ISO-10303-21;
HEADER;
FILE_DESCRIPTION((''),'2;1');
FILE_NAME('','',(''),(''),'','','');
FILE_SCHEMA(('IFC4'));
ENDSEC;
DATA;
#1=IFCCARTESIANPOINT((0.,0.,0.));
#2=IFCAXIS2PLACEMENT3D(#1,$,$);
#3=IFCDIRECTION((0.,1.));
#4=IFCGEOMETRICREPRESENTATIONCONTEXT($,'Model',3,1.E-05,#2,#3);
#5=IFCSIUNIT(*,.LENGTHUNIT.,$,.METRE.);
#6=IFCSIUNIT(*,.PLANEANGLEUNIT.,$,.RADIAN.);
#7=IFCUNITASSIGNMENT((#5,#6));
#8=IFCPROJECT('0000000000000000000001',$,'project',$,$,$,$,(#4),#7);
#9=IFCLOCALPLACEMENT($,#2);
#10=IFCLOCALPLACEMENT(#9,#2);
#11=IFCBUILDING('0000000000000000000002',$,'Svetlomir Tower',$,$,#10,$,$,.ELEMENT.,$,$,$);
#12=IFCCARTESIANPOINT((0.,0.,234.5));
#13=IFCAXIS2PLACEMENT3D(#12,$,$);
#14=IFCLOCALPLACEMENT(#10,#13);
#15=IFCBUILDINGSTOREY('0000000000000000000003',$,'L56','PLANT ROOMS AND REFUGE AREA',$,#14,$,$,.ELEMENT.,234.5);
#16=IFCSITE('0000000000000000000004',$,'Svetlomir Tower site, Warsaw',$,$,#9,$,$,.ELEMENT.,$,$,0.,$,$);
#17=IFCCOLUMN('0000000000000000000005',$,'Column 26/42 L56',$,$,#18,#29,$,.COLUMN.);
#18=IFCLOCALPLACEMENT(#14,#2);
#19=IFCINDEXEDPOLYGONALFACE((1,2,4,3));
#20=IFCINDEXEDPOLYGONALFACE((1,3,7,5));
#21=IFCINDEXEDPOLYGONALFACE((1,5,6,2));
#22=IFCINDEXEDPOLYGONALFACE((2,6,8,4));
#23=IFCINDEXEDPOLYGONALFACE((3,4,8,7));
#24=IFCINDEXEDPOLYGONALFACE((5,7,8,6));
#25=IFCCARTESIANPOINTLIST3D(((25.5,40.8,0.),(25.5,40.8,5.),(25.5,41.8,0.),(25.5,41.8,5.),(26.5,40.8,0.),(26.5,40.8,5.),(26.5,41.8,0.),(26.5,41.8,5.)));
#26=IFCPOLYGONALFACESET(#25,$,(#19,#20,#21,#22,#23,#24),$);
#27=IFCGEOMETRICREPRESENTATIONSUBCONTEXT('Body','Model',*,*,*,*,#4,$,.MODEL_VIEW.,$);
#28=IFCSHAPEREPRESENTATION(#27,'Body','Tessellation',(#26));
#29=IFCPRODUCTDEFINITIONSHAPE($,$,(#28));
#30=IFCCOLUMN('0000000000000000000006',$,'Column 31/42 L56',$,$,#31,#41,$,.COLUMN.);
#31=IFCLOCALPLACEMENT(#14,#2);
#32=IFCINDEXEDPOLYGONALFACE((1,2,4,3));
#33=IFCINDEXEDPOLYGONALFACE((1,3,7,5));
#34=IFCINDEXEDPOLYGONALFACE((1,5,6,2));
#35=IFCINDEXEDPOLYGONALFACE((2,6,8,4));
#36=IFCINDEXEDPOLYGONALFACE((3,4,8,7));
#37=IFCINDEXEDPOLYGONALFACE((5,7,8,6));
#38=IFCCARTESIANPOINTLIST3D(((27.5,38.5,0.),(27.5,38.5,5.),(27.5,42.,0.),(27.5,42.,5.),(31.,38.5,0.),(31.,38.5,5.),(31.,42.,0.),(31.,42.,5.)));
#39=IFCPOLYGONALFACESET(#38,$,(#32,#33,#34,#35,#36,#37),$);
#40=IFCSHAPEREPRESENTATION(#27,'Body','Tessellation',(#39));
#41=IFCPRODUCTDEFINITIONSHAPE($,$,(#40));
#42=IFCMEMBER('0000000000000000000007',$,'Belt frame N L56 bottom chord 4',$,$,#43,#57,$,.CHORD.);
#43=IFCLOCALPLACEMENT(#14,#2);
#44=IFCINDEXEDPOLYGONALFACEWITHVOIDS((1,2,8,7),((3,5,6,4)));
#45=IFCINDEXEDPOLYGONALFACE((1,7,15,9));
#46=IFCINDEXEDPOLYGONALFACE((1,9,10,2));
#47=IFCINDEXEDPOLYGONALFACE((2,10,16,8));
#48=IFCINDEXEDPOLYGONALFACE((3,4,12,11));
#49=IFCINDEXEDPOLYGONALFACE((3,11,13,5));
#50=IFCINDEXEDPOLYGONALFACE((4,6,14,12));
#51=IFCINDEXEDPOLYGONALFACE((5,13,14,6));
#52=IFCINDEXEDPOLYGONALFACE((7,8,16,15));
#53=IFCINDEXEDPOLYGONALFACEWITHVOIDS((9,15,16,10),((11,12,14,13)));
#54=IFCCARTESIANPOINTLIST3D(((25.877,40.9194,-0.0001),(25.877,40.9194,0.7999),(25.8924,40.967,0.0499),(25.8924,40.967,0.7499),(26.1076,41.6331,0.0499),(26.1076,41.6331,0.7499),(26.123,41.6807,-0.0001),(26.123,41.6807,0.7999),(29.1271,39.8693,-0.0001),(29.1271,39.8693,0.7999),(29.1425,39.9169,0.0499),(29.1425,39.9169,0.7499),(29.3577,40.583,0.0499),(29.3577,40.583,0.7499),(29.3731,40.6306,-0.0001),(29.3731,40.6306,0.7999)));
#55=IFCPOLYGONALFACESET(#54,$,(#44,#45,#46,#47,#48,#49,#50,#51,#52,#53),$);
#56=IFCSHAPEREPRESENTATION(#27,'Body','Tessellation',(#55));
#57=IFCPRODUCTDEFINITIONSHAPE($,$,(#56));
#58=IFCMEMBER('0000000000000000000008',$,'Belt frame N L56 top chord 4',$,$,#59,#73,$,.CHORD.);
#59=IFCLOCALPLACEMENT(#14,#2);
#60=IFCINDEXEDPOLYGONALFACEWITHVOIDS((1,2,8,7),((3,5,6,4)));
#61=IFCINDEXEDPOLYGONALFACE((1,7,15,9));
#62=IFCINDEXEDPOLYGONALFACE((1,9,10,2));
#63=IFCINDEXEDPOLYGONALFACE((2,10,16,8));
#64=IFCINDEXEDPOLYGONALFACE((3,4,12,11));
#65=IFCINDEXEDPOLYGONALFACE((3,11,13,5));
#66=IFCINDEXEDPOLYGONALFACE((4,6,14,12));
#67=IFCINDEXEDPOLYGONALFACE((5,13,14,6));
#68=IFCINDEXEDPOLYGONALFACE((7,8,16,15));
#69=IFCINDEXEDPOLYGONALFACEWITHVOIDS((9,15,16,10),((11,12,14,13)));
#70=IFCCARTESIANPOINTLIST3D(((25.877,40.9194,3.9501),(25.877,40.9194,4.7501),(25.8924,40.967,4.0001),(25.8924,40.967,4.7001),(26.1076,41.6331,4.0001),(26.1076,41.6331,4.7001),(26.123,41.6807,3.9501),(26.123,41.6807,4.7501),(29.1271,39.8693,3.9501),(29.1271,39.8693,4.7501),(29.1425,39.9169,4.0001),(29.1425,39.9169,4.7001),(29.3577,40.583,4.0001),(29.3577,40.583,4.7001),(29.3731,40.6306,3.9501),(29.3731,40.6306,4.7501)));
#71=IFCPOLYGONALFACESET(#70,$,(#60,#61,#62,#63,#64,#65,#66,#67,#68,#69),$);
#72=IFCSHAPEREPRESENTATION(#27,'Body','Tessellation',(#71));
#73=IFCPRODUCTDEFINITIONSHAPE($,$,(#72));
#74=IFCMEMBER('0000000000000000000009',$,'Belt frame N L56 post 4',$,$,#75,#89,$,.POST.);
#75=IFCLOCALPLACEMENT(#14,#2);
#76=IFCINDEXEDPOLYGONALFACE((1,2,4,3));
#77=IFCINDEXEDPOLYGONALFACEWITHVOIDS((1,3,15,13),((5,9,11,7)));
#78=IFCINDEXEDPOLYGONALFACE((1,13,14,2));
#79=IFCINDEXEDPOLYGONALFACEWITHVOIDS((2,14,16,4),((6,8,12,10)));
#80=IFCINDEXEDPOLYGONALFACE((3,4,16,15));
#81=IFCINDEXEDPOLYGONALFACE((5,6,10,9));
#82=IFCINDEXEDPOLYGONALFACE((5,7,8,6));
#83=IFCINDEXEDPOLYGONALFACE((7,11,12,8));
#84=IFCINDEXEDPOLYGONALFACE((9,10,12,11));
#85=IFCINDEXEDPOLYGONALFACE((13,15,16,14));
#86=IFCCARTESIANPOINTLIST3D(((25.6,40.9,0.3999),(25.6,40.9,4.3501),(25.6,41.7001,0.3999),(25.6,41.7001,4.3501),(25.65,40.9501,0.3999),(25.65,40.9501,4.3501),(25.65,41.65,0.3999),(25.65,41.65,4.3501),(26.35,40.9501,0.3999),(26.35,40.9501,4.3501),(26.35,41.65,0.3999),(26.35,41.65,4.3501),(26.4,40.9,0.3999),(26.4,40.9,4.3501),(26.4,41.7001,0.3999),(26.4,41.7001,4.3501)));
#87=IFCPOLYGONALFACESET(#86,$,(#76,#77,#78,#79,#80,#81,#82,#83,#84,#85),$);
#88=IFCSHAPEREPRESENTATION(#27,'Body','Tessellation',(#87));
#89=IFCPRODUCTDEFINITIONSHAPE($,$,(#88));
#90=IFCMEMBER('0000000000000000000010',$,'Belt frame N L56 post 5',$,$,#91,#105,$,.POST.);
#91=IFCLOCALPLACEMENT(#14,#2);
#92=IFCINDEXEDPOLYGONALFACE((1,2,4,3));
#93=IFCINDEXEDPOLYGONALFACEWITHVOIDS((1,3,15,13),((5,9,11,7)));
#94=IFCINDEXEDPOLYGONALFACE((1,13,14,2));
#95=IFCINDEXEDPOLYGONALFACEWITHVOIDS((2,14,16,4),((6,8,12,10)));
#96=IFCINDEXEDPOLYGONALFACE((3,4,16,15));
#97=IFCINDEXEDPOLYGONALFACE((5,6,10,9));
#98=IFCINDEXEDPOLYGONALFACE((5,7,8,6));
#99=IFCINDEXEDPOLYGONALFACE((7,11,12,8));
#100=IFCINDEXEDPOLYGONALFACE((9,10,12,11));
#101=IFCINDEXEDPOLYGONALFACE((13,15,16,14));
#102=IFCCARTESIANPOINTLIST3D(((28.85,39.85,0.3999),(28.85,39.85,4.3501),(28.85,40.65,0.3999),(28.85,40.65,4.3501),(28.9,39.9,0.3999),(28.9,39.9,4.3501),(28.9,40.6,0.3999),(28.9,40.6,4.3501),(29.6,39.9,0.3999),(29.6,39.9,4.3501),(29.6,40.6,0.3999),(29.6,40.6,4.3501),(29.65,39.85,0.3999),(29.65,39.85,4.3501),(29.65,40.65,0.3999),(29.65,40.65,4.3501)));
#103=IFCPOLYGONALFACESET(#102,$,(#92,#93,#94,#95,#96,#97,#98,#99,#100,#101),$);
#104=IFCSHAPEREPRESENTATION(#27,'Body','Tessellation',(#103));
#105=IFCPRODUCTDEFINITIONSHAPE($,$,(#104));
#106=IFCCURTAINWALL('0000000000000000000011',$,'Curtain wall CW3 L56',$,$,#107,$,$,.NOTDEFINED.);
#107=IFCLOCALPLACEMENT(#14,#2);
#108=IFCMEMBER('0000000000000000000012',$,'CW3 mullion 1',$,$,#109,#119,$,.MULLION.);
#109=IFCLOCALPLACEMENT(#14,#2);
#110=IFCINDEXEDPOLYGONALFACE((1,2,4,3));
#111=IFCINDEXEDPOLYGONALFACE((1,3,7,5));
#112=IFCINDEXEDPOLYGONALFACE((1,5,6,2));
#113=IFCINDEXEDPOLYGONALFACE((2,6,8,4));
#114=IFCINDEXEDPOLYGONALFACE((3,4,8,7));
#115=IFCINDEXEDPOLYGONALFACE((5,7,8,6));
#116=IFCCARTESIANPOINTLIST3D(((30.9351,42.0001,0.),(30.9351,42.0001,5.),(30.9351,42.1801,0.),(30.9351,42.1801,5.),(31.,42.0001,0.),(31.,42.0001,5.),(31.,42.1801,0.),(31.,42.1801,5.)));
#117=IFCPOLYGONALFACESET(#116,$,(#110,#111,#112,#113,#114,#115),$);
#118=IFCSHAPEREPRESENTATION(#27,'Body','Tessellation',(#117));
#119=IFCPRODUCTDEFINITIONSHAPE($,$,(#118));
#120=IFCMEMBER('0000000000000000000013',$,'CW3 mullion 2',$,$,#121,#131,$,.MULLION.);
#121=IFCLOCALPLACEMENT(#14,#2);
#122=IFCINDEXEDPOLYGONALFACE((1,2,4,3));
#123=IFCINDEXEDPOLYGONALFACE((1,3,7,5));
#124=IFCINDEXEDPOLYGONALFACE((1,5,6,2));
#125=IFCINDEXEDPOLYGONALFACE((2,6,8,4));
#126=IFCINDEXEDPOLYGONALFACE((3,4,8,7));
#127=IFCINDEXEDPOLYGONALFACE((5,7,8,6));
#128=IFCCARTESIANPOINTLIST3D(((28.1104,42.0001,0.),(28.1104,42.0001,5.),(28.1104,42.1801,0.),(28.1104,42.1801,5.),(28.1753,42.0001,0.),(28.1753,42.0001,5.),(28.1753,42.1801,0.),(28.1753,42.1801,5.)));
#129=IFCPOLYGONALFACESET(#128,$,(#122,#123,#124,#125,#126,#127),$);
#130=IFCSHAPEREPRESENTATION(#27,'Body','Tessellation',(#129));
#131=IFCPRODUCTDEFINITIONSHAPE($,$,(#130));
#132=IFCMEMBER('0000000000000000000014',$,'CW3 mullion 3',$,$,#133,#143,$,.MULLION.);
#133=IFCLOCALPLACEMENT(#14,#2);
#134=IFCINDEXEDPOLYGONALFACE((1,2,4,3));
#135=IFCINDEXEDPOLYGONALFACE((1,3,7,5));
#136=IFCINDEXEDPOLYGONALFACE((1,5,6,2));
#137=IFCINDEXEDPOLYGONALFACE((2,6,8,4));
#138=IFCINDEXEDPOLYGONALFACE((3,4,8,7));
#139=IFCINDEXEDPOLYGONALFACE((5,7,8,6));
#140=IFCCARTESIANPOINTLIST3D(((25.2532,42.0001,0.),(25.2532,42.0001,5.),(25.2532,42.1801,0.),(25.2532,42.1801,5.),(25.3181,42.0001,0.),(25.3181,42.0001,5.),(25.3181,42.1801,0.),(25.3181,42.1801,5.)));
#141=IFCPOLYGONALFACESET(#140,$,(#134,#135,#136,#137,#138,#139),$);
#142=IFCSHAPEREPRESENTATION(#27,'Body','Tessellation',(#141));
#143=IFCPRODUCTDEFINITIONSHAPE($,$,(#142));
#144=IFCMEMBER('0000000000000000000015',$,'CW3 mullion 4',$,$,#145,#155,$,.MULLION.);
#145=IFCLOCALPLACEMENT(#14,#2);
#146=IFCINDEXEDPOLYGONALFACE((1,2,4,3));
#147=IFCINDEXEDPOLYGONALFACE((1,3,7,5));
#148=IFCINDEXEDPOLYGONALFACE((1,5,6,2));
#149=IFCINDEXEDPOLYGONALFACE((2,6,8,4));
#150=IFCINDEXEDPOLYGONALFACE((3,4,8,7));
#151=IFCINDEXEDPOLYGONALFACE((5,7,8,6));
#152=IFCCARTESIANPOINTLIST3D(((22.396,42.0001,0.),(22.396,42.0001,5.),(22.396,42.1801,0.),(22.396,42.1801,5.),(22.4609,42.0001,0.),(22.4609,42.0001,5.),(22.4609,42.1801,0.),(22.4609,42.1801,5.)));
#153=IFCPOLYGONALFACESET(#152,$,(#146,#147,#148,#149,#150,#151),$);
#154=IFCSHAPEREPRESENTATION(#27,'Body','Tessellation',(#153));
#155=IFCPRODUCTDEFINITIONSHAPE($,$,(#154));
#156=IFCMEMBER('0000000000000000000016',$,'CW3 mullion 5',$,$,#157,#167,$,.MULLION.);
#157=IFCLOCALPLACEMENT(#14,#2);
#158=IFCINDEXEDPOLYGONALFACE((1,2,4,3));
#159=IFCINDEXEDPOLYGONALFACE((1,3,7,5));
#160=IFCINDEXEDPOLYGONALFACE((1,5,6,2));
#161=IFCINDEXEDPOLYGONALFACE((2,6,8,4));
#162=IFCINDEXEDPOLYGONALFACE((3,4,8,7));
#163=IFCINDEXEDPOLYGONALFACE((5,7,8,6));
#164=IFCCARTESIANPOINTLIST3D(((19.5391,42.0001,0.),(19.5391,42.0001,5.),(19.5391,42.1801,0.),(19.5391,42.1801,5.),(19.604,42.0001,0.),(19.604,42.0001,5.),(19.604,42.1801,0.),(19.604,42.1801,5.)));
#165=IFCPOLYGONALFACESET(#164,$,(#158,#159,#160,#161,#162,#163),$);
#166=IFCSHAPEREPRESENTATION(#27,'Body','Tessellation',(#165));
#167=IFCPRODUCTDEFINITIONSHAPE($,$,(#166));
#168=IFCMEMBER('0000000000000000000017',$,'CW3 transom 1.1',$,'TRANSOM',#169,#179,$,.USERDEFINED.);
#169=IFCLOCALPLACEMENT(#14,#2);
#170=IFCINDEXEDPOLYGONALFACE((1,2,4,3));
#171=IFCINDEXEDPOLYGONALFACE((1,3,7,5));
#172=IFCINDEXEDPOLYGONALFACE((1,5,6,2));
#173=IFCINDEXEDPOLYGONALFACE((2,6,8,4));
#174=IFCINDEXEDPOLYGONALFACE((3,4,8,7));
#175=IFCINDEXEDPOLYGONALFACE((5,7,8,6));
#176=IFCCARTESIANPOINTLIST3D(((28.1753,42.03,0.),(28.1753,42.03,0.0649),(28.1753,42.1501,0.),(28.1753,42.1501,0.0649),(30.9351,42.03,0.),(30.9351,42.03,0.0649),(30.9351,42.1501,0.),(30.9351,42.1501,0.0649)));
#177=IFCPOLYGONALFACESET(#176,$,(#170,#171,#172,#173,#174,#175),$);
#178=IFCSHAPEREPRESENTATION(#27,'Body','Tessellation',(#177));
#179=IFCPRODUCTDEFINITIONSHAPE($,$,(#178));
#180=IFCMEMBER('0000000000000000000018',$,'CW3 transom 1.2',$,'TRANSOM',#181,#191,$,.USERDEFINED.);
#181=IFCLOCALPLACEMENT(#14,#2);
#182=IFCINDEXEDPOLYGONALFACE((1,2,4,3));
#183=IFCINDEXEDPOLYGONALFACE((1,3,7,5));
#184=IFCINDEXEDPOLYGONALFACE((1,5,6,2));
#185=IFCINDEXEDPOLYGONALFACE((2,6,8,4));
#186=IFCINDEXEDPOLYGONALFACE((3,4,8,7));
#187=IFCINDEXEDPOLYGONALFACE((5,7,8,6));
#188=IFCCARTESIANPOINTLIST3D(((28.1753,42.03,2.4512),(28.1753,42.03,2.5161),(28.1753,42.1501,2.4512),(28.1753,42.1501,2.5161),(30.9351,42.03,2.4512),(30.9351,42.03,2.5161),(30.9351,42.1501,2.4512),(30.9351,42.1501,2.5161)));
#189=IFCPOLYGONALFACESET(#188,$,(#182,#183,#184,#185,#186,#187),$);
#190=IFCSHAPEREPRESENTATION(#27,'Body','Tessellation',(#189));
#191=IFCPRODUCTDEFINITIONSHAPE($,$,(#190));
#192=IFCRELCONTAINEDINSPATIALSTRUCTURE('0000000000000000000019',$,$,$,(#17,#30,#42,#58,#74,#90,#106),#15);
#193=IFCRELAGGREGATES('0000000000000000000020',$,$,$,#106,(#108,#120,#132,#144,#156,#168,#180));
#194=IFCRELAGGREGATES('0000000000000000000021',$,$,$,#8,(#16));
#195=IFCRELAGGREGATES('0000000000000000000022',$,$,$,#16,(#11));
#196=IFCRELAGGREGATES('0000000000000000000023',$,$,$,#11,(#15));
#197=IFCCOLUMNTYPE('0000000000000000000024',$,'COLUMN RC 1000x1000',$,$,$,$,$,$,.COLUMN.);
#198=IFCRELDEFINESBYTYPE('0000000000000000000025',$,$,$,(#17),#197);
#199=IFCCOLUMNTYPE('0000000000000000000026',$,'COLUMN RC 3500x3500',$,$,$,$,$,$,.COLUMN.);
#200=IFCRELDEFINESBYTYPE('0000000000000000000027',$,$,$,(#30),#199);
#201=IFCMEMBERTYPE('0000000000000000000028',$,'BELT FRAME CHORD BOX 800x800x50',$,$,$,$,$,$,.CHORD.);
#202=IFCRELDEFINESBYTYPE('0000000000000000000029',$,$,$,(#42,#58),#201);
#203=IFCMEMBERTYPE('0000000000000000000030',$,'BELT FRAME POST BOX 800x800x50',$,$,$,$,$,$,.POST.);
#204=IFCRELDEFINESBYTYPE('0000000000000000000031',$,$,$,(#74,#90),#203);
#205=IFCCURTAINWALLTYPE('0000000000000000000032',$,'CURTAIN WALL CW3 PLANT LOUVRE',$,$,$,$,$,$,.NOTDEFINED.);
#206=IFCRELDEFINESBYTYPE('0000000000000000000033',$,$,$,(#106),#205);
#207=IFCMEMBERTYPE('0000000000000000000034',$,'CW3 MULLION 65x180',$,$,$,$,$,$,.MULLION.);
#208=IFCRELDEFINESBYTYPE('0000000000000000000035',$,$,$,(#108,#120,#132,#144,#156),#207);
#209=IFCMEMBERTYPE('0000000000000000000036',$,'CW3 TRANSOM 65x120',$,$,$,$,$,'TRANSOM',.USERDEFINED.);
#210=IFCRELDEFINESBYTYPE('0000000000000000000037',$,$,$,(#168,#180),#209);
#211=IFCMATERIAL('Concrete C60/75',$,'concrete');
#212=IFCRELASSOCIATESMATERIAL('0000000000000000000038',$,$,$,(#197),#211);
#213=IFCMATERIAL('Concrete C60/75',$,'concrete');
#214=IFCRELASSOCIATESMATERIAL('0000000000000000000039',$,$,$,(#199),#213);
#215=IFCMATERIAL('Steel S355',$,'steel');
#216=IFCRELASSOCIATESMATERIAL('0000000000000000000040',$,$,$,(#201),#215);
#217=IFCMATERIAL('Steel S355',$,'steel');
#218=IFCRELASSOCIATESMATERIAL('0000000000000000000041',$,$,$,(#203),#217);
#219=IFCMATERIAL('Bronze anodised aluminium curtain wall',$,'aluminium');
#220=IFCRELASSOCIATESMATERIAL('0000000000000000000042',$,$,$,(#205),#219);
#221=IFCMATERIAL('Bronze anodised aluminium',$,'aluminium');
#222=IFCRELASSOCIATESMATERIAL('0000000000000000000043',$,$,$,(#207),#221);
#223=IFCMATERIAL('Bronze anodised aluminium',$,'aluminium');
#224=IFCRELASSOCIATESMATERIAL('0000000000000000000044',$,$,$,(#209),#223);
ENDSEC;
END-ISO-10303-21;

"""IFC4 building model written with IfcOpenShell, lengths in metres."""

from ifc_helpers import new_model, si_unit, direction, frame, origin, origin_2d, place, context, subcontext, project, spatial, rectangle, hollow_rectangle, extrude, material, material_profile, profile_set, type_object, element, aggregate, save


model = new_model("IFC4")

# Units and contexts
model_context = context("Model", 3, precision=1e-05, world=origin(), true_north=direction((0.0, 1.0)))
body_context = subcontext(model_context, "Body", "Model", "MODEL_VIEW")
ifc_project = project(units=[si_unit("LENGTHUNIT", "METRE"), si_unit("PLANEANGLEUNIT", "RADIAN")], contexts=[model_context])

# Site, building, storey
site_placement = place(None, origin())
site = spatial("IfcSite", under=ifc_project, at=site_placement, Name="Svetlomir Tower site, Warsaw", CompositionType="ELEMENT", RefElevation=0.0)
building_placement = place(site_placement, origin())
building = spatial("IfcBuilding", under=site, at=building_placement, Name="Svetlomir Tower", CompositionType="ELEMENT")
storey_placement = place(building_placement, frame((0.0, 0.0, 234.5)))
storey = spatial("IfcBuildingStorey", under=building, at=storey_placement, Name="L56", Description="PLANT ROOMS AND REFUGE AREA", CompositionType="ELEMENT", Elevation=234.5)

# Columns
ifc_material_1 = material(Name="Concrete C60/75", Category="concrete")
ifc_material_profile_1 = material_profile(ifc_material_1, rectangle(XDim=1.0, YDim=1.0, at=origin_2d()), Name="RC 1000x1000")
ifc_profile_set_1 = profile_set([ifc_material_profile_1], Name="Concrete C60/75")
column_type_1 = type_object("IfcColumnType", Name="COLUMN RC 1000x1000", PredefinedType="COLUMN", material=ifc_profile_set_1)
column_1_placement = place(storey_placement, frame((26.0, 41.3, 0.0), z_axis=(0.0, 0.0, 1.0), x_axis=(1.0, 0.0, 0.0)))
element("IfcColumn", 1, at=column_1_placement, inside=storey, type_object=column_type_1, Name="Column 26/42 L56", PredefinedType="COLUMN", context=body_context, shape_type="SweptSolid", body=[
    extrude(rectangle(XDim=1.0, YDim=1.0, at=origin_2d()), origin(), (0.0, 0.0, 1.0), 5.0),
])
ifc_material_2 = material(Name="Concrete C60/75", Category="concrete")
ifc_material_profile_2 = material_profile(ifc_material_2, rectangle(XDim=3.5, YDim=3.5, at=origin_2d()), Name="RC 3500x3500")
ifc_profile_set_2 = profile_set([ifc_material_profile_2], Name="Concrete C60/75")
column_type_2 = type_object("IfcColumnType", Name="COLUMN RC 3500x3500", PredefinedType="COLUMN", material=ifc_profile_set_2)
column_2_placement = place(storey_placement, frame((29.25, 40.25, 0.0), z_axis=(0.0, 0.0, 1.0), x_axis=(1.0, 0.0, 0.0)))
element("IfcColumn", 2, at=column_2_placement, inside=storey, type_object=column_type_2, Name="Column 31/42 L56", PredefinedType="COLUMN", context=body_context, shape_type="SweptSolid", body=[
    extrude(rectangle(XDim=3.5, YDim=3.5, at=origin_2d()), origin(), (0.0, 0.0, 1.0), 5.0),
])

# Members
ifc_material_3 = material(Name="Steel S355", Category="steel")
ifc_material_profile_3 = material_profile(ifc_material_3, hollow_rectangle(XDim=0.8, YDim=0.8, WallThickness=0.05, at=origin_2d()), Name="BOX 800x800x50")
ifc_profile_set_3 = profile_set([ifc_material_profile_3], Name="Steel S355")
member_type_1 = type_object("IfcMemberType", Name="BELT FRAME CHORD BOX 800x800x50", PredefinedType="CHORD", material=ifc_profile_set_3)
for number, where, z_axis, x_axis, name in (
    (3, (26.0, 41.3, 0.3999), (0.951566, -0.307443, 0.0), (0.307443, 0.951566, 0.0), "Belt frame N L56 bottom chord 4"),
    (4, (26.0, 41.3, 4.3501), (0.951566, -0.307443, 0.0), (0.307443, 0.951566, 0.0), "Belt frame N L56 top chord 4"),
):
    element("IfcMember", number, at=place(storey_placement, frame(where, z_axis=z_axis, x_axis=x_axis)), inside=storey, type_object=member_type_1, Name=name, PredefinedType="CHORD", context=body_context, shape_type="SweptSolid", body=[
        extrude(hollow_rectangle(XDim=0.8, YDim=0.8, WallThickness=0.05, at=origin_2d()), origin(), (0.0, 0.0, 1.0), 3.4155),
    ])
ifc_material_4 = material(Name="Steel S355", Category="steel")
ifc_material_profile_4 = material_profile(ifc_material_4, hollow_rectangle(XDim=0.8, YDim=0.8, WallThickness=0.05, at=origin_2d()), Name="BOX 800x800x50")
ifc_profile_set_4 = profile_set([ifc_material_profile_4], Name="Steel S355")
member_type_2 = type_object("IfcMemberType", Name="BELT FRAME POST BOX 800x800x50", PredefinedType="POST", material=ifc_profile_set_4)
for number, where, z_axis, x_axis, name in (
    (5, (26.0, 41.3, 0.3999), (0.0, 0.0, 1.0), (1.0, 0.0, 0.0), "Belt frame N L56 post 4"),
    (6, (29.25, 40.25, 0.3999), (0.0, 0.0, 1.0), (1.0, 0.0, 0.0), "Belt frame N L56 post 5"),
):
    element("IfcMember", number, at=place(storey_placement, frame(where, z_axis=z_axis, x_axis=x_axis)), inside=storey, type_object=member_type_2, Name=name, PredefinedType="POST", context=body_context, shape_type="SweptSolid", body=[
        extrude(hollow_rectangle(XDim=0.8, YDim=0.8, WallThickness=0.05, at=origin_2d()), origin(), (0.0, 0.0, 1.0), 3.9502),
    ])

# Curtain wall, members
ifc_material_5 = material(Name="Bronze anodised aluminium curtain wall", Category="aluminium")
curtain_wall_type = type_object("IfcCurtainWallType", Name="CURTAIN WALL CW3 PLANT LOUVRE", PredefinedType="NOTDEFINED", material=ifc_material_5)
curtain_wall_placement = place(storey_placement, origin())
curtain_wall = element("IfcCurtainWall", 7, at=curtain_wall_placement, inside=storey, type_object=curtain_wall_type, Name="Curtain wall CW3 L56", PredefinedType="NOTDEFINED")
ifc_material_6 = material(Name="Bronze anodised aluminium", Category="aluminium")
ifc_material_profile_5 = material_profile(ifc_material_6, rectangle(XDim=0.0649, YDim=0.1799, at=origin_2d()), Name="AL 65x180")
ifc_profile_set_5 = profile_set([ifc_material_profile_5], Name="Bronze anodised aluminium 6063-T6")
member_type_3 = type_object("IfcMemberType", Name="CW3 MULLION 65x180", PredefinedType="MULLION", material=ifc_profile_set_5)
member_1_placement = place(storey_placement, frame((30.9675, 42.0901, 0.0), z_axis=(0.0, 0.0, 1.0), x_axis=(-1.0, 0.0, 0.0)))
member_1 = element("IfcMember", 8, at=member_1_placement, type_object=member_type_3, Name="CW3 mullion 1", PredefinedType="MULLION", context=body_context, shape_type="SweptSolid", body=[
    extrude(rectangle(XDim=0.0649, YDim=0.1799, at=origin_2d()), origin(), (0.0, 0.0, 1.0), 5.0),
])
member_2_placement = place(storey_placement, frame((28.1428, 42.0901, 0.0), z_axis=(0.0, 0.0, 1.0), x_axis=(-1.0, 0.0, 0.0)))
member_2 = element("IfcMember", 9, at=member_2_placement, type_object=member_type_3, Name="CW3 mullion 2", PredefinedType="MULLION", context=body_context, shape_type="SweptSolid", body=[
    extrude(rectangle(XDim=0.0649, YDim=0.1799, at=origin_2d()), origin(), (0.0, 0.0, 1.0), 5.0),
])
member_3_placement = place(storey_placement, frame((25.2856, 42.0901, 0.0), z_axis=(0.0, 0.0, 1.0), x_axis=(-1.0, 0.0, 0.0)))
member_3 = element("IfcMember", 10, at=member_3_placement, type_object=member_type_3, Name="CW3 mullion 3", PredefinedType="MULLION", context=body_context, shape_type="SweptSolid", body=[
    extrude(rectangle(XDim=0.0649, YDim=0.1799, at=origin_2d()), origin(), (0.0, 0.0, 1.0), 5.0),
])
member_4_placement = place(storey_placement, frame((22.4285, 42.0901, 0.0), z_axis=(0.0, 0.0, 1.0), x_axis=(-1.0, 0.0, 0.0)))
member_4 = element("IfcMember", 11, at=member_4_placement, type_object=member_type_3, Name="CW3 mullion 4", PredefinedType="MULLION", context=body_context, shape_type="SweptSolid", body=[
    extrude(rectangle(XDim=0.0649, YDim=0.1799, at=origin_2d()), origin(), (0.0, 0.0, 1.0), 5.0),
])
member_5_placement = place(storey_placement, frame((19.5715, 42.0901, 0.0), z_axis=(0.0, 0.0, 1.0), x_axis=(-1.0, 0.0, 0.0)))
member_5 = element("IfcMember", 12, at=member_5_placement, type_object=member_type_3, Name="CW3 mullion 5", PredefinedType="MULLION", context=body_context, shape_type="SweptSolid", body=[
    extrude(rectangle(XDim=0.0649, YDim=0.1799, at=origin_2d()), origin(), (0.0, 0.0, 1.0), 5.0),
])
ifc_material_7 = material(Name="Bronze anodised aluminium", Category="aluminium")
ifc_material_profile_6 = material_profile(ifc_material_7, rectangle(XDim=0.1201, YDim=0.0649, at=origin_2d()), Name="AL 120x65")
ifc_profile_set_6 = profile_set([ifc_material_profile_6], Name="Bronze anodised aluminium 6063-T6")
member_type_4 = type_object("IfcMemberType", Name="CW3 TRANSOM 65x120", ElementType="TRANSOM", PredefinedType="USERDEFINED", material=ifc_profile_set_6)
member_6_placement = place(storey_placement, frame((30.9351, 42.0901, 0.0325), z_axis=(-1.0, 0.0, 0.0), x_axis=(0.0, -1.0, 0.0)))
member_6 = element("IfcMember", 13, at=member_6_placement, type_object=member_type_4, Name="CW3 transom 1.1", ObjectType="TRANSOM", PredefinedType="USERDEFINED", context=body_context, shape_type="SweptSolid", body=[
    extrude(rectangle(XDim=0.1201, YDim=0.0649, at=origin_2d()), origin(), (0.0, 0.0, 1.0), 2.7598),
])
member_7_placement = place(storey_placement, frame((30.9351, 42.0901, 2.4836), z_axis=(-1.0, 0.0, 0.0), x_axis=(0.0, -1.0, 0.0)))
member_7 = element("IfcMember", 14, at=member_7_placement, type_object=member_type_4, Name="CW3 transom 1.2", ObjectType="TRANSOM", PredefinedType="USERDEFINED", context=body_context, shape_type="SweptSolid", body=[
    extrude(rectangle(XDim=0.1201, YDim=0.0649, at=origin_2d()), origin(), (0.0, 0.0, 1.0), 2.7598),
])
aggregate(curtain_wall, [member_1, member_2, member_3, member_4, member_5, member_6, member_7])

save(model, "model.ifc")
